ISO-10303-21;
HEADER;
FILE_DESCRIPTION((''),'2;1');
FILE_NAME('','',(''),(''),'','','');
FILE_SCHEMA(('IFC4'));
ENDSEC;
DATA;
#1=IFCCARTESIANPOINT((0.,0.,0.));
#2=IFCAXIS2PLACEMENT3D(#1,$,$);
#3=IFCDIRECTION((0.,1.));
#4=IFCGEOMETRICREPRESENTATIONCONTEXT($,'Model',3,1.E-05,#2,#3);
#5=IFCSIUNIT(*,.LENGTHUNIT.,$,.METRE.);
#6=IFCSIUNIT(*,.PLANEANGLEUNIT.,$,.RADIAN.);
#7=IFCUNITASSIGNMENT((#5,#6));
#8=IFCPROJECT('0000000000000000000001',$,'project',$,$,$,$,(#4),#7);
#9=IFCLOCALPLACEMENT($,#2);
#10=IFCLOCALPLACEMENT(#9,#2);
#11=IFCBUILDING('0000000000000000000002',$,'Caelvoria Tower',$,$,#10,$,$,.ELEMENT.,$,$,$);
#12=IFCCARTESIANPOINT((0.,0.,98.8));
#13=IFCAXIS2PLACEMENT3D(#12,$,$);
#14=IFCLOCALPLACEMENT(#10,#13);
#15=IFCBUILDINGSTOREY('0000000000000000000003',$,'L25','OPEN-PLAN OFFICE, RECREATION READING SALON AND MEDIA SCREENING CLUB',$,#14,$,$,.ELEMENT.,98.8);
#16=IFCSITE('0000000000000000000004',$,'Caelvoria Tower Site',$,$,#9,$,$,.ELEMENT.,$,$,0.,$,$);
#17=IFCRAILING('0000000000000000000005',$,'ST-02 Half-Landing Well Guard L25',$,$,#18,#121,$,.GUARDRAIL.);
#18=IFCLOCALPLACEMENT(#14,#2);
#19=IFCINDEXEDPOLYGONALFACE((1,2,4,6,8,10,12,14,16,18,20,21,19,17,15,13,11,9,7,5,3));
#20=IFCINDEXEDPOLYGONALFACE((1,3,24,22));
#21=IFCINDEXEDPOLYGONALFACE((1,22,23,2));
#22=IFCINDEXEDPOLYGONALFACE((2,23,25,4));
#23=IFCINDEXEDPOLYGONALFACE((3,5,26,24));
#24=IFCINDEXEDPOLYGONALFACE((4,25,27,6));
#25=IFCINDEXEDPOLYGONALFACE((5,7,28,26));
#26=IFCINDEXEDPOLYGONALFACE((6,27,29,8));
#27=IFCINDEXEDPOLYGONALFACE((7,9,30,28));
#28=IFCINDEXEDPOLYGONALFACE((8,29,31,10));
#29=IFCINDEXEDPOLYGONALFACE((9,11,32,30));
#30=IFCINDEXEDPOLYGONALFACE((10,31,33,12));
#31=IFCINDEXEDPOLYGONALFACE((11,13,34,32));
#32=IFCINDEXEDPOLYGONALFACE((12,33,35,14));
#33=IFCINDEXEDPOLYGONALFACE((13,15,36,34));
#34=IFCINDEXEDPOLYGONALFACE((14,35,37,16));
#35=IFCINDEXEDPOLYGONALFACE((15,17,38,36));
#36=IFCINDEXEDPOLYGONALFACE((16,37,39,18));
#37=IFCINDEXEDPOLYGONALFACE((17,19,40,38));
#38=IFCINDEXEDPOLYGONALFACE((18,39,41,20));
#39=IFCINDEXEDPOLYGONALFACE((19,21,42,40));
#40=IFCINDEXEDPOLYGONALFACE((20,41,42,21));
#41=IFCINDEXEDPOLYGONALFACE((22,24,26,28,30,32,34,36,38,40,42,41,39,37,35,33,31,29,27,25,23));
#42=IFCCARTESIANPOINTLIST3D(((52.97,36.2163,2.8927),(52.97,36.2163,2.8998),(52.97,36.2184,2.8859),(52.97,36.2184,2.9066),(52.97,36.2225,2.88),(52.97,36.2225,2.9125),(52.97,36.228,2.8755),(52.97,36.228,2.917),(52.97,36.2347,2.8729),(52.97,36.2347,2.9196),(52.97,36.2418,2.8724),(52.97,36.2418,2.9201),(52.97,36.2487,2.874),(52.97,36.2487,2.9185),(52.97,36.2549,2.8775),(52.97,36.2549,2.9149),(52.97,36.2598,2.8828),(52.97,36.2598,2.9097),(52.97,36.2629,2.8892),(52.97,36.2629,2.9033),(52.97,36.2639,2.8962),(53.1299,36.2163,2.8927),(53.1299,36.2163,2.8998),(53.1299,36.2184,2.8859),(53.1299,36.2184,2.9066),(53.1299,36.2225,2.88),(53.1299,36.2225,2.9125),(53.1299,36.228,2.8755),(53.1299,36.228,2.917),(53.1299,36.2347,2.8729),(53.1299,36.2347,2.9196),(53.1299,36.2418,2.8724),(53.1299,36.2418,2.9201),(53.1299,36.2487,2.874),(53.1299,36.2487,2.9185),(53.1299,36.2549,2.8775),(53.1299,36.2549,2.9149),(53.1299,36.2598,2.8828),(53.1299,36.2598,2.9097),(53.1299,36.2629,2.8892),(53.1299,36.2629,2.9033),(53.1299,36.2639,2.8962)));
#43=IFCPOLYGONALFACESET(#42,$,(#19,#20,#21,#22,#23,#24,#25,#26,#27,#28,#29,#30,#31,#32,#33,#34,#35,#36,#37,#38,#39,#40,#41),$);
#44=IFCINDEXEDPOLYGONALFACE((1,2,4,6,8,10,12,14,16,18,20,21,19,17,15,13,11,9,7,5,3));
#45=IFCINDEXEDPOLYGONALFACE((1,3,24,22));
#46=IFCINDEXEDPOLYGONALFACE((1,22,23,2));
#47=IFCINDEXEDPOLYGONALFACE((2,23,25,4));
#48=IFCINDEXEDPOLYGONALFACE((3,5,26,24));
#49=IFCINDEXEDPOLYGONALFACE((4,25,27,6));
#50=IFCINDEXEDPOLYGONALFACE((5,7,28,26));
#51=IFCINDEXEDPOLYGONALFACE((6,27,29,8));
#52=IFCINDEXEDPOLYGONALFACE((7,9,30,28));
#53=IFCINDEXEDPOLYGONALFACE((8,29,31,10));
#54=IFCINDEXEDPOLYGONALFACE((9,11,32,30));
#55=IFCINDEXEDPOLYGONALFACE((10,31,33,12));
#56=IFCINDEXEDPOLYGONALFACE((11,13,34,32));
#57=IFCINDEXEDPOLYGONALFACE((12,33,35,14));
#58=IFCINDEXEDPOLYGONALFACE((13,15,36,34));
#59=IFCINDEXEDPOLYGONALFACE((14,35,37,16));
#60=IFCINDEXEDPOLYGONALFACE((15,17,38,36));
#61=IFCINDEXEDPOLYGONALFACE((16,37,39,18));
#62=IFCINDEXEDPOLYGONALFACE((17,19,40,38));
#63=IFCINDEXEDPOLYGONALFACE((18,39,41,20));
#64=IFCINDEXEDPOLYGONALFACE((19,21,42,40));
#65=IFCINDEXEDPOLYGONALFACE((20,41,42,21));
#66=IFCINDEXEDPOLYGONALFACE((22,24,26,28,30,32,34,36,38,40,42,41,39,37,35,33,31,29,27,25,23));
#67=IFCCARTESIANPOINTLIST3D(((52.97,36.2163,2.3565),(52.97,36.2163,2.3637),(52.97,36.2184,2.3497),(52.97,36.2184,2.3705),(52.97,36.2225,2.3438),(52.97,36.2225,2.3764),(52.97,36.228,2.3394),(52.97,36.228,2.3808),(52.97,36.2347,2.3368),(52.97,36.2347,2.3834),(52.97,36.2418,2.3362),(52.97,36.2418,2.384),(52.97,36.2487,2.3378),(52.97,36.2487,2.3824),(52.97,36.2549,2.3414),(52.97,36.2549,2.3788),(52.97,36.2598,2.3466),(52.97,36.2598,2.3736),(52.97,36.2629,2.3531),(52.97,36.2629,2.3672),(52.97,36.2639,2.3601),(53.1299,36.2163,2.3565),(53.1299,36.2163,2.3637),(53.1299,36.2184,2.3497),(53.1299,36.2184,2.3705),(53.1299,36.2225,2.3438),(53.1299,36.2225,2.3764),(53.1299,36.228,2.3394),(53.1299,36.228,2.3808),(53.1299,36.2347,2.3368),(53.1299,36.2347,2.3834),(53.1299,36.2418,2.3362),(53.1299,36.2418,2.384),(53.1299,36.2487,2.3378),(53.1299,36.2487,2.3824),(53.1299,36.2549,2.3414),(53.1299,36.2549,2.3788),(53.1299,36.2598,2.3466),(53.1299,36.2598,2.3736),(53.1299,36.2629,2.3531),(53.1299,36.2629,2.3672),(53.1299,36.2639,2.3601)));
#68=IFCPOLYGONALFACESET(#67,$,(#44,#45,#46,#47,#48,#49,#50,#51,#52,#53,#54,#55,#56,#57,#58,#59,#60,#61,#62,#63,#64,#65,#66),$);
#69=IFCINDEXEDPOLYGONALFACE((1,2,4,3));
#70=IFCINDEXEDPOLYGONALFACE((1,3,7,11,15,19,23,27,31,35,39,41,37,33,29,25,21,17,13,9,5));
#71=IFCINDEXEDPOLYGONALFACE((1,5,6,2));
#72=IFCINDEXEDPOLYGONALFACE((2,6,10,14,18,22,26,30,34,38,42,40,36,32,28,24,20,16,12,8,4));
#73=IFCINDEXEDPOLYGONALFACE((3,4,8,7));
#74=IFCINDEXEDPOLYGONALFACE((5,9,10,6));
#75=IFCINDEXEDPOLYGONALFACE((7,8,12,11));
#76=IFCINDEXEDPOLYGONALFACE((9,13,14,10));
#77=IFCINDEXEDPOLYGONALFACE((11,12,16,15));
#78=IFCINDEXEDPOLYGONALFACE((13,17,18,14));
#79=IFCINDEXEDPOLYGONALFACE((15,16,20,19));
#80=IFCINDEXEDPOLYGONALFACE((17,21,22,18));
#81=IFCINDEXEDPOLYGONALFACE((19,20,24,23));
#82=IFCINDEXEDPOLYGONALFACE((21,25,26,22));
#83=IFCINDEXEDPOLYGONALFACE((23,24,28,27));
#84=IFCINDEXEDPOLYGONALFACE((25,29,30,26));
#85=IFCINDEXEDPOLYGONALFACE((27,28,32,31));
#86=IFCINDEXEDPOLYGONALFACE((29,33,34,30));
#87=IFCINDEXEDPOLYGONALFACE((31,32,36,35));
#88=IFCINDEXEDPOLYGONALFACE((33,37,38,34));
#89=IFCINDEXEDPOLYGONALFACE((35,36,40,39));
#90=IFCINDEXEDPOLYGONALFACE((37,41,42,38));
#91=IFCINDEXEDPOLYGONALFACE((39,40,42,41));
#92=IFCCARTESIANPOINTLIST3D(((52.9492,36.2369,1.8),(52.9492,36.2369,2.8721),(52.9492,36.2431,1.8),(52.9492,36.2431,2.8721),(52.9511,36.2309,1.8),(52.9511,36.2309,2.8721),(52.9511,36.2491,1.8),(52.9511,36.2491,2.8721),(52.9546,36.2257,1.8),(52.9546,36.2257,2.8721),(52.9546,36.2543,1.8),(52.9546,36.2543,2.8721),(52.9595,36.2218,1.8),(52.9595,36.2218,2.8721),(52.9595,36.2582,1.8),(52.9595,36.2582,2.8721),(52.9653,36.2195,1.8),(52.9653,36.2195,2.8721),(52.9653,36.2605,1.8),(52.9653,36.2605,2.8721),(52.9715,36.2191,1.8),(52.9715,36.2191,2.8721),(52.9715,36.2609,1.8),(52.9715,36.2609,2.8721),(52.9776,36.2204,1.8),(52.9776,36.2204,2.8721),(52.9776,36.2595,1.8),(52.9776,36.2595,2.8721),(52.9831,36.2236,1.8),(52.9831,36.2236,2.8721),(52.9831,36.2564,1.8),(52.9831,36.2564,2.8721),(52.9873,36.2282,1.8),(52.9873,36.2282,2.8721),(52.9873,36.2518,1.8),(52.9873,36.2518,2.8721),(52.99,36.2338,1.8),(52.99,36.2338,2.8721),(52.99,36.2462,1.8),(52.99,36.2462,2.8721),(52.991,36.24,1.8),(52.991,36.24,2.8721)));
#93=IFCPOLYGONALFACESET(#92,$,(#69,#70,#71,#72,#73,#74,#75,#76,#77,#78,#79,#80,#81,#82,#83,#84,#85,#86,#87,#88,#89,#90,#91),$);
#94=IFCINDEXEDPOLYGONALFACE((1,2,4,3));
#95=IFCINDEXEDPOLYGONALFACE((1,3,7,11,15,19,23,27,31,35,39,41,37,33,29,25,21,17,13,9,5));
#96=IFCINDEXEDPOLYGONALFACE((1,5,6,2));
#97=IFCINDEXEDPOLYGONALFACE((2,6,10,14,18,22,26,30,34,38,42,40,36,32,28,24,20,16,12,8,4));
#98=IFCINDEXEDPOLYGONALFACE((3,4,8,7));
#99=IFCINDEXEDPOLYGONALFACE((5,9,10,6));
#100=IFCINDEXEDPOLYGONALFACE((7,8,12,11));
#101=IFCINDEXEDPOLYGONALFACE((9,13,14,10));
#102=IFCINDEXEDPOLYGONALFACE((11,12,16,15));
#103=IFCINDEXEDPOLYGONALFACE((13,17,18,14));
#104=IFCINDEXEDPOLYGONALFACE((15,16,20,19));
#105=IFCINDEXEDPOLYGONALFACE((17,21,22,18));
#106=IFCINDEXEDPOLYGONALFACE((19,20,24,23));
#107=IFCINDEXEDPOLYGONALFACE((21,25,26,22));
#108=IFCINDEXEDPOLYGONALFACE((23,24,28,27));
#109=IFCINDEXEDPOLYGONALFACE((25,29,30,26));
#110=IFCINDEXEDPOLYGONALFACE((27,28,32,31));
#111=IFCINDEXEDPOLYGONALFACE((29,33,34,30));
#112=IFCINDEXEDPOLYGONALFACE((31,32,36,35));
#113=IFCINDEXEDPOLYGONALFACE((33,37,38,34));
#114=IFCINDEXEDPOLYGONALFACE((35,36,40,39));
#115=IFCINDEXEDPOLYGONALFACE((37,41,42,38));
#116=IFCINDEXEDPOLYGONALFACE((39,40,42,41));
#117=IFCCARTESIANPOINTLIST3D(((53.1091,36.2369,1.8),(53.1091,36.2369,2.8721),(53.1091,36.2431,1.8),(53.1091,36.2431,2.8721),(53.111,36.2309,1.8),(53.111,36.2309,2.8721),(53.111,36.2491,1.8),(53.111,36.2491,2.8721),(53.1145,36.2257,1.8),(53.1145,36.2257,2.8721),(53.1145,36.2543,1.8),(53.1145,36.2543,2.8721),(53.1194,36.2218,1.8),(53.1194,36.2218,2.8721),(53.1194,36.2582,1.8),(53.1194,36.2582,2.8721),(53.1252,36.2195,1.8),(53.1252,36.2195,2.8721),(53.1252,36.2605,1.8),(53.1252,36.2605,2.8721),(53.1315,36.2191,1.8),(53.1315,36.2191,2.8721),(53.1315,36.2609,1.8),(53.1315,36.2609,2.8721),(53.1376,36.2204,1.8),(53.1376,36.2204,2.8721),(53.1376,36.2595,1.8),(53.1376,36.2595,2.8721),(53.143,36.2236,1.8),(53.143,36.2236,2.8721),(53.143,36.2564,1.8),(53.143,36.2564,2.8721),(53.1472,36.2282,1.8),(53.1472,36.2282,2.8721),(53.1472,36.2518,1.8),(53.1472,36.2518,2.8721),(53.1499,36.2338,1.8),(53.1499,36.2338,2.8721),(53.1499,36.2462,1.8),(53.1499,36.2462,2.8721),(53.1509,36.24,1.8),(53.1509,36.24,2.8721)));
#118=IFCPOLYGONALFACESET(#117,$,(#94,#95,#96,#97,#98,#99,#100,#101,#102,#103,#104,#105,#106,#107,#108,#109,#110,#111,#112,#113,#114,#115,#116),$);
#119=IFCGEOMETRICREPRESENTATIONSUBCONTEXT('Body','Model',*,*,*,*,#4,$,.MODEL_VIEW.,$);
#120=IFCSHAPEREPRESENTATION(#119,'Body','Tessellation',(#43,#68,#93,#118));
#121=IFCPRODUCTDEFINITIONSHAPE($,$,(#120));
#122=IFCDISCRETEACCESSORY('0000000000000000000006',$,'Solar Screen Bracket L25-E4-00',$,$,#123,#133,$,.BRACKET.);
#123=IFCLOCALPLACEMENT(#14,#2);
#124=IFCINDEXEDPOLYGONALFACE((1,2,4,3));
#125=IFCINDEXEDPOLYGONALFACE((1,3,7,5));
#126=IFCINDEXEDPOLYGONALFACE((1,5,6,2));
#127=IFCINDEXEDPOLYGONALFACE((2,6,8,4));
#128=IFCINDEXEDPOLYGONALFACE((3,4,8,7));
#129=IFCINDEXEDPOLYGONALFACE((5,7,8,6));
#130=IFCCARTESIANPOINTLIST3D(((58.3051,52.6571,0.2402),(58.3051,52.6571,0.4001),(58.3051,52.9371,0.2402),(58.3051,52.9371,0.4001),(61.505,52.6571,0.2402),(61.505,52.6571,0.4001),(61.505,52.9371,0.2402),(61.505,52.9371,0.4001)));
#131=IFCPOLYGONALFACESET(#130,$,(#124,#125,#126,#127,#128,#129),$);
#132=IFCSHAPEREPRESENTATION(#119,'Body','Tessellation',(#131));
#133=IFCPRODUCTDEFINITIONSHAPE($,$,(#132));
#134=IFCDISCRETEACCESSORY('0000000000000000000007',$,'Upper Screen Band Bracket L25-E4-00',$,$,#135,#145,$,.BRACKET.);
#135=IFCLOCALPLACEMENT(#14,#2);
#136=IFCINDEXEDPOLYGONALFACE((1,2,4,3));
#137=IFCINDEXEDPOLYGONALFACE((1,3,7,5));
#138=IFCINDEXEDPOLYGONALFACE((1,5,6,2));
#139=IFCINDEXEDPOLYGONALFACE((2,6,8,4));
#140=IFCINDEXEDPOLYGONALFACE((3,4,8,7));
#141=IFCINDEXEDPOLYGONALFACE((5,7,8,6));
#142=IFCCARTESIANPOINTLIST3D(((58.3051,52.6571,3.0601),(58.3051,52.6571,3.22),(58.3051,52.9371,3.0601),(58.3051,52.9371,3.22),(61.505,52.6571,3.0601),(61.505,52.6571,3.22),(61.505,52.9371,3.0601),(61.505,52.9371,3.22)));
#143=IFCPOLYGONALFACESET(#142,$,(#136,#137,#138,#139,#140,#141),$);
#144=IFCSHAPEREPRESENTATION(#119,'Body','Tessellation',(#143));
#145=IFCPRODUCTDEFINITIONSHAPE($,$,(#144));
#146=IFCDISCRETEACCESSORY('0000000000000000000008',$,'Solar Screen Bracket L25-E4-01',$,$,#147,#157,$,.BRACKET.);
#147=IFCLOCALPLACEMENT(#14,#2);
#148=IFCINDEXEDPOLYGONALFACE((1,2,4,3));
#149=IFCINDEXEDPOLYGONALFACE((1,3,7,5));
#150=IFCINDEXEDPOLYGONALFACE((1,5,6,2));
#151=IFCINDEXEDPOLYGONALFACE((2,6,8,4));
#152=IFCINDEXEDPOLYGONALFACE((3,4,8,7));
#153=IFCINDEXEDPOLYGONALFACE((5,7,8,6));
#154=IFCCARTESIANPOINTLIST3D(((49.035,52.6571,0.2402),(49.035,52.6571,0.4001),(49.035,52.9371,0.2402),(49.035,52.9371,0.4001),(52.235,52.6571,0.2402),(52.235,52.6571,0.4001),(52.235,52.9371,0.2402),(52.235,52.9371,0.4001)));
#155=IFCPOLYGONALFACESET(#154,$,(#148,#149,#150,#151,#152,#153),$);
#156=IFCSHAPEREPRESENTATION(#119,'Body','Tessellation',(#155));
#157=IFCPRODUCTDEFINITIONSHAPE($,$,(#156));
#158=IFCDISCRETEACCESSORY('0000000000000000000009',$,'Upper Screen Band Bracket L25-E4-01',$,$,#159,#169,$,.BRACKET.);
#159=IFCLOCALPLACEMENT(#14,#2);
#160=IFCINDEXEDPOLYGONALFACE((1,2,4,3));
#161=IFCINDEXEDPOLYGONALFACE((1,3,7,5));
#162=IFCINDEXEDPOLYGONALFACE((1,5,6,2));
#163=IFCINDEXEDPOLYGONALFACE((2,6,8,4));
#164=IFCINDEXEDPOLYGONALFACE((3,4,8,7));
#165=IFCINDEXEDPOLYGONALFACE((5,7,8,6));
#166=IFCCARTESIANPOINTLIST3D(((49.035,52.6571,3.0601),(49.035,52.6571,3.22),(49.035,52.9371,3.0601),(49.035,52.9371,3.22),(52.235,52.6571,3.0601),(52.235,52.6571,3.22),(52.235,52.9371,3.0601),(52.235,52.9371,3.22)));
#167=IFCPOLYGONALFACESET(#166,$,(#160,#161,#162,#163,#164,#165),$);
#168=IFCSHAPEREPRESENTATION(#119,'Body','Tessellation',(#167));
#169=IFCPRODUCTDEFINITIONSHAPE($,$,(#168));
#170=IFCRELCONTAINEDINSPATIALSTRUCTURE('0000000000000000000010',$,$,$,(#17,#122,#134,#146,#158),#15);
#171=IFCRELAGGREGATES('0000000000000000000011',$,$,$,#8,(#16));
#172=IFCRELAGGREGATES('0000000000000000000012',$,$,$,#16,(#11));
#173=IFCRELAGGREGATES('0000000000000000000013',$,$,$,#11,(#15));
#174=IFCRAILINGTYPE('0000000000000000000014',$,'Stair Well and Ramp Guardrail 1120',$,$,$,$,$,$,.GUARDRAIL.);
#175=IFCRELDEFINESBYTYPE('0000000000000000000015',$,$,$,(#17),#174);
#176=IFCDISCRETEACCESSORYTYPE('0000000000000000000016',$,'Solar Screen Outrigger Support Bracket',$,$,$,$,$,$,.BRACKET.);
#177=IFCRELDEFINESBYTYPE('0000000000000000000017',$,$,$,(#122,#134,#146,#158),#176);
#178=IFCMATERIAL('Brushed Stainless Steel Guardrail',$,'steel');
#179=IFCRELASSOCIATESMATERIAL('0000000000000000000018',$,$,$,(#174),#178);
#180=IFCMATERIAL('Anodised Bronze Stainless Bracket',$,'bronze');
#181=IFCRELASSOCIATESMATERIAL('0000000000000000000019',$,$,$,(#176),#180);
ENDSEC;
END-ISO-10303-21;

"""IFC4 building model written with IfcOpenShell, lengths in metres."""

from ifc_helpers import new_model, si_unit, direction, frame, origin, origin_2d, place, context, subcontext, project, spatial, rectangle, circle, extrude, material, type_object, element, save


model = new_model("IFC4")

# Units and contexts
model_context = context("Model", 3, precision=1e-05, world=origin(), true_north=direction((0.0, 1.0)))
body_context = subcontext(model_context, "Body", "Model", "MODEL_VIEW")
ifc_project = project(units=[si_unit("LENGTHUNIT", "METRE"), si_unit("PLANEANGLEUNIT", "RADIAN")], contexts=[model_context])

# Site, building, storey
site_placement = place(None, origin())
site = spatial("IfcSite", under=ifc_project, at=site_placement, Name="Caelvoria Tower Site", CompositionType="ELEMENT", RefElevation=0.0)
building_placement = place(site_placement, origin())
building = spatial("IfcBuilding", under=site, at=building_placement, Name="Caelvoria Tower", CompositionType="ELEMENT")
storey_placement = place(building_placement, frame((0.0, 0.0, 98.8)))
storey = spatial("IfcBuildingStorey", under=building, at=storey_placement, Name="L25", Description="OPEN-PLAN OFFICE, RECREATION READING SALON AND MEDIA SCREENING CLUB", CompositionType="ELEMENT", Elevation=98.8)

# Railing
ifc_material_1 = material(Name="Brushed Stainless Steel Guardrail", Category="steel")
railing_type_1 = type_object("IfcRailingType", Name="Stair Well and Ramp Guardrail 1120", PredefinedType="GUARDRAIL", material=ifc_material_1)
railing_1_placement = place(storey_placement, frame((52.97, 36.24, 1.8)))
element("IfcRailing", 1, at=railing_1_placement, inside=storey, type_object=railing_type_1, Name="ST-02 Half-Landing Well Guard L25", PredefinedType="GUARDRAIL", context=body_context, shape_type="SweptSolid", body=[
    extrude(circle(Radius=0.0239, at=origin_2d()), frame((0.0, 0.0, 1.0962), z_axis=(1.0, 0.0, 0.0), x_axis=(0.0, 1.0, 0.0)), (0.0, 0.0, 1.0), 0.1599),
    extrude(circle(Radius=0.0239, at=origin_2d()), frame((0.0, 0.0, 0.5601), z_axis=(1.0, 0.0, 0.0), x_axis=(0.0, 1.0, 0.0)), (0.0, 0.0, 1.0), 0.1599),
    extrude(circle(Radius=0.021, at=origin_2d()), origin(), (0.0, 0.0, 1.0), 1.072),
    extrude(circle(Radius=0.021, at=origin_2d()), frame((0.1599, 0.0, 0.0)), (0.0, 0.0, 1.0), 1.072),
])

# Discrete accessories
ifc_material_2 = material(Name="Anodised Bronze Stainless Bracket", Category="bronze")
discrete_accessory_type = type_object("IfcDiscreteAccessoryType", Name="Solar Screen Outrigger Support Bracket", PredefinedType="BRACKET", material=ifc_material_2)
for number, where, z_axis, x_axis, name in (
    (2, (59.905, 52.7971, 0.2402), (0.0, 0.0, 1.0), (-1.0, 0.0, 0.0), "Solar Screen Bracket L25-E4-00"),
    (3, (59.905, 52.7971, 3.0601), (0.0, 0.0, 1.0), (-1.0, 0.0, 0.0), "Upper Screen Band Bracket L25-E4-00"),
    (4, (50.635, 52.7971, 0.2402), (0.0, 0.0, 1.0), (-1.0, 0.0, 0.0), "Solar Screen Bracket L25-E4-01"),
    (5, (50.635, 52.7971, 3.0601), (0.0, 0.0, 1.0), (-1.0, 0.0, 0.0), "Upper Screen Band Bracket L25-E4-01"),
):
    element("IfcDiscreteAccessory", number, at=place(storey_placement, frame(where, z_axis=z_axis, x_axis=x_axis)), inside=storey, type_object=discrete_accessory_type, Name=name, PredefinedType="BRACKET", context=body_context, shape_type="SweptSolid", body=[
        extrude(rectangle(XDim=3.2, YDim=0.28, at=origin_2d()), origin(), (0.0, 0.0, 1.0), 0.1599),
    ])

save(model, "model.ifc")
